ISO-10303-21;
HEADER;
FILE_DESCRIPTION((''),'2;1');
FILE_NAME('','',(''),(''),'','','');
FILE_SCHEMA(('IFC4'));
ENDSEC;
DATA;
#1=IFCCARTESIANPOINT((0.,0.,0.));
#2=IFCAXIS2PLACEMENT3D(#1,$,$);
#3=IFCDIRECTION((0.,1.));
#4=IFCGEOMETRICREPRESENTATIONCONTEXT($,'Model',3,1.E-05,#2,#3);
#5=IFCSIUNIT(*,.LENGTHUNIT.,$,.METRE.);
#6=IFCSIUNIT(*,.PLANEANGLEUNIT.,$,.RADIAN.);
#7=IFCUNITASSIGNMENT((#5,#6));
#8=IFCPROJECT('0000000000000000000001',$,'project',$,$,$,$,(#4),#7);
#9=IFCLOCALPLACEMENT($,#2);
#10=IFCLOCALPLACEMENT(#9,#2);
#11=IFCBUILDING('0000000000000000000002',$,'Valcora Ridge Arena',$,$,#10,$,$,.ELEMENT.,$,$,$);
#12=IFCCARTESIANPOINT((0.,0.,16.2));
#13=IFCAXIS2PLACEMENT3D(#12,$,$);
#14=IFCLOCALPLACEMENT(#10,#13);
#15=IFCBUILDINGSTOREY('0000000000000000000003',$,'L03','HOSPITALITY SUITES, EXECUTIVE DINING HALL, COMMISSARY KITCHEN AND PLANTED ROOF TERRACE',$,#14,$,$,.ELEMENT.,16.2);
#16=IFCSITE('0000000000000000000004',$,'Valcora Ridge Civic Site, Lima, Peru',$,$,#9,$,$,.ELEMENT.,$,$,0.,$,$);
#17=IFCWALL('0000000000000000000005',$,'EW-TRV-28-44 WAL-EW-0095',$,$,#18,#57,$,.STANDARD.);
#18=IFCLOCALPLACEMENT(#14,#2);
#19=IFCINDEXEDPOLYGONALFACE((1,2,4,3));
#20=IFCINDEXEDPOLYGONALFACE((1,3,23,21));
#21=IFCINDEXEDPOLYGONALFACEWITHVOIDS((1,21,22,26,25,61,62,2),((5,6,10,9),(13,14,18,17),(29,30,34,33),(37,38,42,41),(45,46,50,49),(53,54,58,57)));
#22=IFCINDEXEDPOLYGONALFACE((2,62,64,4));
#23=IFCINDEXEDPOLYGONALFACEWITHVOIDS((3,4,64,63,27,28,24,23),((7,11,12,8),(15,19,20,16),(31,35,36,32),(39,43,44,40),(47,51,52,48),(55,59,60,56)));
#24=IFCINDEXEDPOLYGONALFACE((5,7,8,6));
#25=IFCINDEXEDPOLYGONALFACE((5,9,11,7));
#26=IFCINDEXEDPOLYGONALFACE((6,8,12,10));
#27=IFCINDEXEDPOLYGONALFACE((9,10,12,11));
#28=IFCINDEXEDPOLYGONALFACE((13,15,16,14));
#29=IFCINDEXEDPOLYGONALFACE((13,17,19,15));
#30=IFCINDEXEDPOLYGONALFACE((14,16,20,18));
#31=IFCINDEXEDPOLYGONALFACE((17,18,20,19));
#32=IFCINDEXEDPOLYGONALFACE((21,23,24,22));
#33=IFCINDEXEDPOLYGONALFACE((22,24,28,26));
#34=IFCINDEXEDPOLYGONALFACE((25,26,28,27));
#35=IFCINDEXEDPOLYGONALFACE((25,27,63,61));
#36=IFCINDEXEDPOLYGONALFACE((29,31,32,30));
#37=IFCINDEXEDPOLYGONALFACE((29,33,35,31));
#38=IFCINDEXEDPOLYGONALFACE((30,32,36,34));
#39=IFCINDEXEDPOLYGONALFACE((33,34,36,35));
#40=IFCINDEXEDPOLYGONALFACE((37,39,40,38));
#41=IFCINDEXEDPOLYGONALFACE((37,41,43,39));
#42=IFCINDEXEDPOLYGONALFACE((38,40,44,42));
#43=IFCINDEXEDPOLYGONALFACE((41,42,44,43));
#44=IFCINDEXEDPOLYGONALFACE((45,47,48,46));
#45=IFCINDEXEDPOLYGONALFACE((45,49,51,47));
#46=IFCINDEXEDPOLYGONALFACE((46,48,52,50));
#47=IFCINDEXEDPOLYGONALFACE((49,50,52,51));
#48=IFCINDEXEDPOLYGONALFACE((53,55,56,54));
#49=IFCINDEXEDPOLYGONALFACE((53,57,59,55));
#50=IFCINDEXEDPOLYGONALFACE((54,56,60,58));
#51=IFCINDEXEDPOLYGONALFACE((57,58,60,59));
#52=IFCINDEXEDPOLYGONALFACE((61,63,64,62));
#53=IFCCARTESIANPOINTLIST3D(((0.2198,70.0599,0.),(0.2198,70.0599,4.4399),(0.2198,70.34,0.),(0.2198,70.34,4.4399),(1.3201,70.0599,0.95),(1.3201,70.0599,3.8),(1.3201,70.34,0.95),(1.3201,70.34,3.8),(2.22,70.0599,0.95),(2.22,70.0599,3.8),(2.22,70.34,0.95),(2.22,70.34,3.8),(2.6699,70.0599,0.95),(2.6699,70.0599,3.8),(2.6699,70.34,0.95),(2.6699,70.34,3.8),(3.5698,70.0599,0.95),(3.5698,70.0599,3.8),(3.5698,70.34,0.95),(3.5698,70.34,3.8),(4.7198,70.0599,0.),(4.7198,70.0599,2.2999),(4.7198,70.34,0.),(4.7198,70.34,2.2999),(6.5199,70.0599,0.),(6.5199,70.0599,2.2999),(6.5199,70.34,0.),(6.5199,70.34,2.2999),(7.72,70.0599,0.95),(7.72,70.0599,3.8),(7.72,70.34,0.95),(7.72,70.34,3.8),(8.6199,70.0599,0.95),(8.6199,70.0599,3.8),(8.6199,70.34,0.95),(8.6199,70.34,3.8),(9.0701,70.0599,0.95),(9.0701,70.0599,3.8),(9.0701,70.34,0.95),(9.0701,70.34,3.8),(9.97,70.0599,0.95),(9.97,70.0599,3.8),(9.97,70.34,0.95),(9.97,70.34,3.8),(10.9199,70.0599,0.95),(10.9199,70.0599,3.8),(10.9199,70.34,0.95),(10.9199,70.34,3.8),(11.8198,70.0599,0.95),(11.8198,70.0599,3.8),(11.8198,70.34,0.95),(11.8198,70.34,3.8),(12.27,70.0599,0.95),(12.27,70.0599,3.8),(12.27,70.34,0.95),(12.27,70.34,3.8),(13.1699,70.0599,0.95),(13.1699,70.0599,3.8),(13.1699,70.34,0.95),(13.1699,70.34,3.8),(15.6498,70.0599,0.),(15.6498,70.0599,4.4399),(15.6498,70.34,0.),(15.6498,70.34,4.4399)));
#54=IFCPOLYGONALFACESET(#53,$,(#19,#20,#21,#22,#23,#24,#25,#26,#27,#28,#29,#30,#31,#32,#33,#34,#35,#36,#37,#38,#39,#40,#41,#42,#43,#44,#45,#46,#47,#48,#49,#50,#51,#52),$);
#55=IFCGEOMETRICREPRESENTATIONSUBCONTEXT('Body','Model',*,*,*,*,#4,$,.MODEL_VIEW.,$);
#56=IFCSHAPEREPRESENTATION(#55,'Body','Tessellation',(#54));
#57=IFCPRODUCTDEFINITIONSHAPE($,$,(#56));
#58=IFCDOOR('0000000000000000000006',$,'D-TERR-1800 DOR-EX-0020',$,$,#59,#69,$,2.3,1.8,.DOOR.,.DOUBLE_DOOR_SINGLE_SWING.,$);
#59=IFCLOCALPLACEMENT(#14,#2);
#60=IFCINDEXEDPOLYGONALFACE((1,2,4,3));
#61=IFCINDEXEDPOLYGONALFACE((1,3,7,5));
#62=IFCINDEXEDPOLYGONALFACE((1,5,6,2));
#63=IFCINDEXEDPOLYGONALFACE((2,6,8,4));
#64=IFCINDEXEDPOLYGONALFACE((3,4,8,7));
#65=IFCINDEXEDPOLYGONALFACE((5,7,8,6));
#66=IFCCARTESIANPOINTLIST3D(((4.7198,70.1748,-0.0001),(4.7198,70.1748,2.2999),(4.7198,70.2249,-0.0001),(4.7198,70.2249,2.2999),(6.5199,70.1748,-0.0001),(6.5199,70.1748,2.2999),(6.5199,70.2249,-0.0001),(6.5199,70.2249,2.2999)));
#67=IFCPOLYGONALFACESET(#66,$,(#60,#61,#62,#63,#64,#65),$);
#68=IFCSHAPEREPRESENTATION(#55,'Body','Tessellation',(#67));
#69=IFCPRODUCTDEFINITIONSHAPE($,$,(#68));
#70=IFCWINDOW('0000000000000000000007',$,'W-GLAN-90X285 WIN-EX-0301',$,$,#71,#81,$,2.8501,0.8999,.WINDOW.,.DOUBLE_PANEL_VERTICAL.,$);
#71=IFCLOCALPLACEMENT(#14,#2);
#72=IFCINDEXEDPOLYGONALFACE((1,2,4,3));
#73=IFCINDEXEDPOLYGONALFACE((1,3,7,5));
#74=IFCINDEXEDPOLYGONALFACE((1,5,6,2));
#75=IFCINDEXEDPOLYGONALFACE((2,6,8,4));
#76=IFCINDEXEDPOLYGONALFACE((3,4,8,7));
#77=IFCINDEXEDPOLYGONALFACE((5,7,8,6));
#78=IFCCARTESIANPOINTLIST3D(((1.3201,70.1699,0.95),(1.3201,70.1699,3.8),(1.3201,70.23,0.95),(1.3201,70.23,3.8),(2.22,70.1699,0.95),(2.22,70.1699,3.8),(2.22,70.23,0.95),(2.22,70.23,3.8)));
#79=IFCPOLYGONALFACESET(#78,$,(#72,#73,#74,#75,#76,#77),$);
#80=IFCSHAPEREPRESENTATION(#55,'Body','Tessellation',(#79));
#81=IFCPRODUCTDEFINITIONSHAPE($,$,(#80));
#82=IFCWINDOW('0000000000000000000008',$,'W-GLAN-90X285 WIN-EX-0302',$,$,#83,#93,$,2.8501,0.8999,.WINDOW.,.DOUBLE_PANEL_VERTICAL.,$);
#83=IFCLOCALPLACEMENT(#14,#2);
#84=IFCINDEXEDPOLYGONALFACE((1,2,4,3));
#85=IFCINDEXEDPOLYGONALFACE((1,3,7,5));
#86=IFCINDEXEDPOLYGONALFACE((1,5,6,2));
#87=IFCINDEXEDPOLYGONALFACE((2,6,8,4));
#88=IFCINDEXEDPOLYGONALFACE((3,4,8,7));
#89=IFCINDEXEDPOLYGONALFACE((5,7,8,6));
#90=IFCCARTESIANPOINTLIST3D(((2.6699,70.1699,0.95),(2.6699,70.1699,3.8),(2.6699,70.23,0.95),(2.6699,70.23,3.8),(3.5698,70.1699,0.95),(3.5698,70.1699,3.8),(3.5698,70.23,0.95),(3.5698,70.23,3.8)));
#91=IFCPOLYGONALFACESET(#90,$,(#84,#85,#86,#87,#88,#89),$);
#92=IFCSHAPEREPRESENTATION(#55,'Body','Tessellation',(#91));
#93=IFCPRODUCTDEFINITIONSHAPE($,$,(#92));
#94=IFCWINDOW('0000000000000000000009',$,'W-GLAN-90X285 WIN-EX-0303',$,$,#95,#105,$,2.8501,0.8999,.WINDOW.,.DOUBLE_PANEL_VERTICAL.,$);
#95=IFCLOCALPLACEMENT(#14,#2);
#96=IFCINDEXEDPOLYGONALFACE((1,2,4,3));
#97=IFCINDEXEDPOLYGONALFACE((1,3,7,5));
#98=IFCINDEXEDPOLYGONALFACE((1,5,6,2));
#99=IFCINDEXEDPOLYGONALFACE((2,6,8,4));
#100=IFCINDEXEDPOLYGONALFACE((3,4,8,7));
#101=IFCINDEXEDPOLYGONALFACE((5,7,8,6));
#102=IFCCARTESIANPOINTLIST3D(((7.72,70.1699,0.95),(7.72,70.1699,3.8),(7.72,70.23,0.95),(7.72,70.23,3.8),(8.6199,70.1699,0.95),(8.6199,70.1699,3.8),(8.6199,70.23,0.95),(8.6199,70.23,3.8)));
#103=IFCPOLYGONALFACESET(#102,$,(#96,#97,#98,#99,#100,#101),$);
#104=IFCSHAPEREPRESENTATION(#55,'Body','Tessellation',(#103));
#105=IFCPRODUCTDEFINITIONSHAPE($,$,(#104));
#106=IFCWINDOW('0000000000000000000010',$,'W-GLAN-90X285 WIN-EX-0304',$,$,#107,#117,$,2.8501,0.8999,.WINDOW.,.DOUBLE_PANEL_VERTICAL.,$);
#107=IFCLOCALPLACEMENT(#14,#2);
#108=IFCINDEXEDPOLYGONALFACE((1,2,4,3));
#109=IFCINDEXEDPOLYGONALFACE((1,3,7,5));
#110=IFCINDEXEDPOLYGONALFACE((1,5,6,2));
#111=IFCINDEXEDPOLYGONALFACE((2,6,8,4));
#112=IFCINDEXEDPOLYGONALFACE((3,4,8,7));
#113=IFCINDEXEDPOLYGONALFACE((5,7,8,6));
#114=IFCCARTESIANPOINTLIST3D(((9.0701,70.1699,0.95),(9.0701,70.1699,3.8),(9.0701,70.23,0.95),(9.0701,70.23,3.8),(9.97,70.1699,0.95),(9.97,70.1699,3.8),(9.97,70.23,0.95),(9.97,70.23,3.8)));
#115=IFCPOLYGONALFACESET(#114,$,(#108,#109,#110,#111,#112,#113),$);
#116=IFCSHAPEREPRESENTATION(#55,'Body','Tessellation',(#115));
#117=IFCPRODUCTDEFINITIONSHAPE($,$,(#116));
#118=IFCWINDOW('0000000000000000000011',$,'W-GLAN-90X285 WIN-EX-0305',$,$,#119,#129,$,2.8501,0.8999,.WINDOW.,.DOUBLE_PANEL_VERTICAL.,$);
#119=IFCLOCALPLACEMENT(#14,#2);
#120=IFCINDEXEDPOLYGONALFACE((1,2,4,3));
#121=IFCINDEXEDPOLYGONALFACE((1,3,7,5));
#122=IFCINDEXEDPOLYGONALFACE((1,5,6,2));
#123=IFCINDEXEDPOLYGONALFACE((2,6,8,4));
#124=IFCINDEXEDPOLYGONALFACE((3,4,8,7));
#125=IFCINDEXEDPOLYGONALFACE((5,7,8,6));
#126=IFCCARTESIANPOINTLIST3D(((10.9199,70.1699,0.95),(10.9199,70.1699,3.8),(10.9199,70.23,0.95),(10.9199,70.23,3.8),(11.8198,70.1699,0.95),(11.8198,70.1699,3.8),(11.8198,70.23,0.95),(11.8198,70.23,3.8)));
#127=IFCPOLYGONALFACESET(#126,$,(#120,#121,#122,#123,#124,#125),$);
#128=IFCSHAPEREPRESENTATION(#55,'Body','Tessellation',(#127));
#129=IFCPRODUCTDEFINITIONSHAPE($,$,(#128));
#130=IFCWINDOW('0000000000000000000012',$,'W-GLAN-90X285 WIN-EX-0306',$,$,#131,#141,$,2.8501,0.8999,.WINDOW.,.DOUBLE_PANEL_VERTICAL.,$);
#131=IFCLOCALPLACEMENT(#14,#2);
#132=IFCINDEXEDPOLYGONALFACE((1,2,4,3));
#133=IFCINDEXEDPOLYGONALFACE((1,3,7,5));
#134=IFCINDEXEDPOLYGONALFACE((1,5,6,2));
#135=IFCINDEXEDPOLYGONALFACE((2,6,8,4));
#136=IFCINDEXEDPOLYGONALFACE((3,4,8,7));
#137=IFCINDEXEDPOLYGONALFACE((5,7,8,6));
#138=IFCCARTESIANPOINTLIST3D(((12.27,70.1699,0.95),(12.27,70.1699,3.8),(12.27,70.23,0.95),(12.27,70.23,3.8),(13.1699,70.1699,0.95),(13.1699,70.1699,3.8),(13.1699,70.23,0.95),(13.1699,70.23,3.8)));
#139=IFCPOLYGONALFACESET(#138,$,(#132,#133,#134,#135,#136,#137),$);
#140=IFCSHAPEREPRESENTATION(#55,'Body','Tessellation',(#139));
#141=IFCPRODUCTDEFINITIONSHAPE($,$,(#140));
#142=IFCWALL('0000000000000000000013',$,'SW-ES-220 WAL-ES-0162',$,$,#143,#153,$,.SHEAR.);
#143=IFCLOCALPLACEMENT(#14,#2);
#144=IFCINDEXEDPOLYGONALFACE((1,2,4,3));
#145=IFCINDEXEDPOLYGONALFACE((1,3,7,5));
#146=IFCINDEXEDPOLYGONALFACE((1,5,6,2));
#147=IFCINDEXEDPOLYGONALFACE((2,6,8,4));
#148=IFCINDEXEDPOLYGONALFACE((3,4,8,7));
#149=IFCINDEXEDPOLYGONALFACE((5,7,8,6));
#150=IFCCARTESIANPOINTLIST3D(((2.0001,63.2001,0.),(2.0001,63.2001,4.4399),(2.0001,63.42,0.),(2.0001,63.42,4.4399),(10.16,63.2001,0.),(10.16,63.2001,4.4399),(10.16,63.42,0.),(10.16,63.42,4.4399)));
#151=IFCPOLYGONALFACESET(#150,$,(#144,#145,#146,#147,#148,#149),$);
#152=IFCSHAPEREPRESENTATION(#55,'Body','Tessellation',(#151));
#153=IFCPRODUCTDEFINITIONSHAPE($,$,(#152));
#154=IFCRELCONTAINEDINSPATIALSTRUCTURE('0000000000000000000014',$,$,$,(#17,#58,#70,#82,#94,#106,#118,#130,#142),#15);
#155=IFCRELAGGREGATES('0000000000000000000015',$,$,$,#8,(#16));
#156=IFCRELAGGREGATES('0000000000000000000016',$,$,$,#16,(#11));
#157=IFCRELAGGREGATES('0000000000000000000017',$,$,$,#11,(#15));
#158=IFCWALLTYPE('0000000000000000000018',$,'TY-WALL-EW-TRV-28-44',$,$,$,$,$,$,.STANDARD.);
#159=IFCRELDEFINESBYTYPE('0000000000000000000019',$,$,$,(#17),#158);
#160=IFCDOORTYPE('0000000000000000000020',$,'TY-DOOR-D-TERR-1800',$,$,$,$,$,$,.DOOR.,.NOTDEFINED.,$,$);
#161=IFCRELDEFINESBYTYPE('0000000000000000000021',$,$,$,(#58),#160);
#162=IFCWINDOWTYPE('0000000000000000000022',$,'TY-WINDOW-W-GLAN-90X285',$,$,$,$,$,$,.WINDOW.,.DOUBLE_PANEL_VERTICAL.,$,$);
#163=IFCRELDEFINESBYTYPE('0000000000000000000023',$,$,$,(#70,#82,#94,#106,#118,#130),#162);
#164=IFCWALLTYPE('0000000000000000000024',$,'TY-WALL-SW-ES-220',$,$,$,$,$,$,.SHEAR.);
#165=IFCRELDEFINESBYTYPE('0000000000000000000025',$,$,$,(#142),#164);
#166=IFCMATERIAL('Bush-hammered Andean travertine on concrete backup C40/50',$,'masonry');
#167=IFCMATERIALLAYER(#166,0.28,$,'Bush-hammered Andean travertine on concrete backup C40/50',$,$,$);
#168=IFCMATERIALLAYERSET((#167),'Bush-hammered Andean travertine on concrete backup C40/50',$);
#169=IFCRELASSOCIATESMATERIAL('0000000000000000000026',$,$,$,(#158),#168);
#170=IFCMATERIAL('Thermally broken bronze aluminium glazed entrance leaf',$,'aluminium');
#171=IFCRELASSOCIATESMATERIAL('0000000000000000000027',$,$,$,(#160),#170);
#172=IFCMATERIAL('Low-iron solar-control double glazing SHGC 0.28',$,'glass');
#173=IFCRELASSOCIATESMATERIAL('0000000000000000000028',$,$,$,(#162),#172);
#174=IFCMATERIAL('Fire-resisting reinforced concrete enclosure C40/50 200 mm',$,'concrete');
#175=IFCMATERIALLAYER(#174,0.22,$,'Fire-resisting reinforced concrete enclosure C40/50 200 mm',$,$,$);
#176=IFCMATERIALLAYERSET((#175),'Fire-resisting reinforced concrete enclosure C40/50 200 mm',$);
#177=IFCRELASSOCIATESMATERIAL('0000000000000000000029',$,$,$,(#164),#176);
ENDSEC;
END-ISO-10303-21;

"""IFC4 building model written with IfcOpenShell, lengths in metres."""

from ifc_helpers import new_model, si_unit, direction, frame, frame_2d, origin, place, context, subcontext, project, spatial, rectangle, extrude, material, layer, layer_set, type_object, element, fill, save


model = new_model("IFC4")

# Units and contexts
model_context = context("Model", 3, precision=1e-05, world=origin(), true_north=direction((0.0, 1.0)))
body_context = subcontext(model_context, "Body", "Model", "MODEL_VIEW")
ifc_project = project(units=[si_unit("LENGTHUNIT", "METRE"), si_unit("PLANEANGLEUNIT", "RADIAN")], contexts=[model_context])

# Site, building, storey
site_placement = place(None, origin())
site = spatial("IfcSite", under=ifc_project, at=site_placement, Name="Valcora Ridge Civic Site, Lima, Peru", CompositionType="ELEMENT", RefElevation=0.0)
building_placement = place(site_placement, origin())
building = spatial("IfcBuilding", under=site, at=building_placement, Name="Valcora Ridge Arena", CompositionType="ELEMENT")
storey_placement = place(building_placement, frame((0.0, 0.0, 16.2)))
storey = spatial("IfcBuildingStorey", under=building, at=storey_placement, Name="L03", Description="HOSPITALITY SUITES, EXECUTIVE DINING HALL, COMMISSARY KITCHEN AND PLANTED ROOF TERRACE", CompositionType="ELEMENT", Elevation=16.2)

# Shared definitions
ifc_material_1 = material(Name="Low-iron solar-control double glazing SHGC 0.28", Category="glass")

# Wall, openings, door, windows
ifc_material_2 = material(Name="Bush-hammered Andean travertine on concrete backup C40/50", Category="masonry")
ifc_layer_1 = layer(ifc_material_2, 0.28, Name="Bush-hammered Andean travertine on concrete backup C40/50")
ifc_layer_set_1 = layer_set([ifc_layer_1], Name="Bush-hammered Andean travertine on concrete backup C40/50")
wall_type_1 = type_object("IfcWallType", Name="TY-WALL-EW-TRV-28-44", PredefinedType="STANDARD", material=ifc_layer_set_1)
wall_1_placement = place(storey_placement, frame((0.22, 70.2, 0.0), z_axis=(0.0, 0.0, 1.0), x_axis=(1.0, 0.0, 0.0)))
wall_1 = element("IfcWall", 1, at=wall_1_placement, inside=storey, type_object=wall_type_1, Name="EW-TRV-28-44 WAL-EW-0095", PredefinedType="STANDARD", context=body_context, shape_type="SweptSolid", body=[
    extrude(rectangle(XDim=15.4299, YDim=0.28, at=frame_2d((7.7148, 0.0))), origin(), (0.0, 0.0, 1.0), 4.4399),
])
opening_1_placement = place(wall_1_placement, frame((4.5, 0.0, 0.0)))
opening_1 = element("IfcOpeningElement", 2, at=opening_1_placement, cuts=wall_1, PredefinedType="OPENING", context=body_context, shape_type="SweptSolid", body=[
    extrude(rectangle(XDim=1.8, YDim=2.3, at=frame_2d((0.8999, 1.1499))), frame((0.0, 0.1499, 0.0), z_axis=(0.0, -1.0, 0.0), x_axis=(1.0, 0.0, 0.0)), (0.0, 0.0, 1.0), 0.3),
])
opening_2_placement = place(wall_1_placement, frame((1.1001, 0.0, 0.95)))
opening_2 = element("IfcOpeningElement", 3, at=opening_2_placement, cuts=wall_1, PredefinedType="OPENING", context=body_context, shape_type="SweptSolid", body=[
    extrude(rectangle(XDim=0.8999, YDim=2.8501, at=frame_2d((0.45, 1.425))), frame((0.0, 0.1499, 0.0), z_axis=(0.0, -1.0, 0.0), x_axis=(1.0, 0.0, 0.0)), (0.0, 0.0, 1.0), 0.3),
])
opening_3_placement = place(wall_1_placement, frame((2.45, 0.0, 0.95)))
opening_3 = element("IfcOpeningElement", 4, at=opening_3_placement, cuts=wall_1, PredefinedType="OPENING", context=body_context, shape_type="SweptSolid", body=[
    extrude(rectangle(XDim=0.8999, YDim=2.8501, at=frame_2d((0.45, 1.425))), frame((0.0, 0.1499, 0.0), z_axis=(0.0, -1.0, 0.0), x_axis=(1.0, 0.0, 0.0)), (0.0, 0.0, 1.0), 0.3),
])
opening_4_placement = place(wall_1_placement, frame((7.5, 0.0, 0.95)))
opening_4 = element("IfcOpeningElement", 5, at=opening_4_placement, cuts=wall_1, PredefinedType="OPENING", context=body_context, shape_type="SweptSolid", body=[
    extrude(rectangle(XDim=0.8999, YDim=2.8501, at=frame_2d((0.45, 1.425))), frame((0.0, 0.1499, 0.0), z_axis=(0.0, -1.0, 0.0), x_axis=(1.0, 0.0, 0.0)), (0.0, 0.0, 1.0), 0.3),
])
opening_5_placement = place(wall_1_placement, frame((8.8501, 0.0, 0.95)))
opening_5 = element("IfcOpeningElement", 6, at=opening_5_placement, cuts=wall_1, PredefinedType="OPENING", context=body_context, shape_type="SweptSolid", body=[
    extrude(rectangle(XDim=0.8999, YDim=2.8501, at=frame_2d((0.45, 1.425))), frame((0.0, 0.1499, 0.0), z_axis=(0.0, -1.0, 0.0), x_axis=(1.0, 0.0, 0.0)), (0.0, 0.0, 1.0), 0.3),
])
opening_6_placement = place(wall_1_placement, frame((10.7, 0.0, 0.95)))
opening_6 = element("IfcOpeningElement", 7, at=opening_6_placement, cuts=wall_1, PredefinedType="OPENING", context=body_context, shape_type="SweptSolid", body=[
    extrude(rectangle(XDim=0.8999, YDim=2.8501, at=frame_2d((0.45, 1.425))), frame((0.0, 0.1499, 0.0), z_axis=(0.0, -1.0, 0.0), x_axis=(1.0, 0.0, 0.0)), (0.0, 0.0, 1.0), 0.3),
])
opening_7_placement = place(wall_1_placement, frame((12.05, 0.0, 0.95)))
opening_7 = element("IfcOpeningElement", 8, at=opening_7_placement, cuts=wall_1, PredefinedType="OPENING", context=body_context, shape_type="SweptSolid", body=[
    extrude(rectangle(XDim=0.8999, YDim=2.8501, at=frame_2d((0.45, 1.425))), frame((0.0, 0.1499, 0.0), z_axis=(0.0, -1.0, 0.0), x_axis=(1.0, 0.0, 0.0)), (0.0, 0.0, 1.0), 0.3),
])
ifc_material_3 = material(Name="Thermally broken bronze aluminium glazed entrance leaf", Category="aluminium")
door_type_1 = type_object("IfcDoorType", Name="TY-DOOR-D-TERR-1800", OperationType="NOTDEFINED", PredefinedType="DOOR", material=ifc_material_3)
door_1_placement = place(opening_1_placement, origin())
door_1 = element("IfcDoor", 9, at=door_1_placement, inside=storey, type_object=door_type_1, Name="D-TERR-1800 DOR-EX-0020", OperationType="DOUBLE_DOOR_SINGLE_SWING", OverallHeight=2.3, OverallWidth=1.8, PredefinedType="DOOR", context=body_context, shape_type="SweptSolid", body=[
    extrude(rectangle(XDim=1.8, YDim=2.3, at=frame_2d((0.8999, 1.1499))), frame((0.0, 0.0249, 0.0), z_axis=(0.0, -1.0, 0.0), x_axis=(1.0, 0.0, 0.0)), (0.0, 0.0, 1.0), 0.05),
])
fill(opening_1, door_1)
window_type = type_object("IfcWindowType", Name="TY-WINDOW-W-GLAN-90X285", PartitioningType="DOUBLE_PANEL_VERTICAL", PredefinedType="WINDOW", material=ifc_material_1)
window_1_placement = place(opening_2_placement, origin())
window_1 = element("IfcWindow", 10, at=window_1_placement, inside=storey, type_object=window_type, Name="W-GLAN-90X285 WIN-EX-0301", OverallHeight=2.8501, OverallWidth=0.8999, PartitioningType="DOUBLE_PANEL_VERTICAL", PredefinedType="WINDOW", context=body_context, shape_type="SweptSolid", body=[
    extrude(rectangle(XDim=0.8999, YDim=2.8501, at=frame_2d((0.45, 1.425))), frame((0.0, 0.03, 0.0), z_axis=(0.0, -1.0, 0.0), x_axis=(1.0, 0.0, 0.0)), (0.0, 0.0, 1.0), 0.0601),
])
fill(opening_2, window_1)
window_2_placement = place(opening_3_placement, origin())
window_2 = element("IfcWindow", 11, at=window_2_placement, inside=storey, type_object=window_type, Name="W-GLAN-90X285 WIN-EX-0302", OverallHeight=2.8501, OverallWidth=0.8999, PartitioningType="DOUBLE_PANEL_VERTICAL", PredefinedType="WINDOW", context=body_context, shape_type="SweptSolid", body=[
    extrude(rectangle(XDim=0.8999, YDim=2.8501, at=frame_2d((0.45, 1.425))), frame((0.0, 0.03, 0.0), z_axis=(0.0, -1.0, 0.0), x_axis=(1.0, 0.0, 0.0)), (0.0, 0.0, 1.0), 0.0601),
])
fill(opening_3, window_2)
window_3_placement = place(opening_4_placement, origin())
window_3 = element("IfcWindow", 12, at=window_3_placement, inside=storey, type_object=window_type, Name="W-GLAN-90X285 WIN-EX-0303", OverallHeight=2.8501, OverallWidth=0.8999, PartitioningType="DOUBLE_PANEL_VERTICAL", PredefinedType="WINDOW", context=body_context, shape_type="SweptSolid", body=[
    extrude(rectangle(XDim=0.8999, YDim=2.8501, at=frame_2d((0.45, 1.425))), frame((0.0, 0.03, 0.0), z_axis=(0.0, -1.0, 0.0), x_axis=(1.0, 0.0, 0.0)), (0.0, 0.0, 1.0), 0.0601),
])
fill(opening_4, window_3)
window_4_placement = place(opening_5_placement, origin())
window_4 = element("IfcWindow", 13, at=window_4_placement, inside=storey, type_object=window_type, Name="W-GLAN-90X285 WIN-EX-0304", OverallHeight=2.8501, OverallWidth=0.8999, PartitioningType="DOUBLE_PANEL_VERTICAL", PredefinedType="WINDOW", context=body_context, shape_type="SweptSolid", body=[
    extrude(rectangle(XDim=0.8999, YDim=2.8501, at=frame_2d((0.45, 1.425))), frame((0.0, 0.03, 0.0), z_axis=(0.0, -1.0, 0.0), x_axis=(1.0, 0.0, 0.0)), (0.0, 0.0, 1.0), 0.0601),
])
fill(opening_5, window_4)
window_5_placement = place(opening_6_placement, origin())
window_5 = element("IfcWindow", 14, at=window_5_placement, inside=storey, type_object=window_type, Name="W-GLAN-90X285 WIN-EX-0305", OverallHeight=2.8501, OverallWidth=0.8999, PartitioningType="DOUBLE_PANEL_VERTICAL", PredefinedType="WINDOW", context=body_context, shape_type="SweptSolid", body=[
    extrude(rectangle(XDim=0.8999, YDim=2.8501, at=frame_2d((0.45, 1.425))), frame((0.0, 0.03, 0.0), z_axis=(0.0, -1.0, 0.0), x_axis=(1.0, 0.0, 0.0)), (0.0, 0.0, 1.0), 0.0601),
])
fill(opening_6, window_5)
window_6_placement = place(opening_7_placement, origin())
window_6 = element("IfcWindow", 15, at=window_6_placement, inside=storey, type_object=window_type, Name="W-GLAN-90X285 WIN-EX-0306", OverallHeight=2.8501, OverallWidth=0.8999, PartitioningType="DOUBLE_PANEL_VERTICAL", PredefinedType="WINDOW", context=body_context, shape_type="SweptSolid", body=[
    extrude(rectangle(XDim=0.8999, YDim=2.8501, at=frame_2d((0.45, 1.425))), frame((0.0, 0.03, 0.0), z_axis=(0.0, -1.0, 0.0), x_axis=(1.0, 0.0, 0.0)), (0.0, 0.0, 1.0), 0.0601),
])
fill(opening_7, window_6)

# Wall
ifc_material_4 = material(Name="Fire-resisting reinforced concrete enclosure C40/50 200 mm", Category="concrete")
ifc_layer_2 = layer(ifc_material_4, 0.22, Name="Fire-resisting reinforced concrete enclosure C40/50 200 mm")
ifc_layer_set_2 = layer_set([ifc_layer_2], Name="Fire-resisting reinforced concrete enclosure C40/50 200 mm")
wall_type_2 = type_object("IfcWallType", Name="TY-WALL-SW-ES-220", PredefinedType="SHEAR", material=ifc_layer_set_2)
wall_2_placement = place(storey_placement, frame((2.0, 63.3101, 0.0), z_axis=(0.0, 0.0, 1.0), x_axis=(1.0, 0.0, 0.0)))
element("IfcWall", 16, at=wall_2_placement, inside=storey, type_object=wall_type_2, Name="SW-ES-220 WAL-ES-0162", PredefinedType="SHEAR", context=body_context, shape_type="SweptSolid", body=[
    extrude(rectangle(XDim=8.1599, YDim=0.22, at=frame_2d((4.0801, 0.0))), origin(), (0.0, 0.0, 1.0), 4.4399),
])

save(model, "model.ifc")
